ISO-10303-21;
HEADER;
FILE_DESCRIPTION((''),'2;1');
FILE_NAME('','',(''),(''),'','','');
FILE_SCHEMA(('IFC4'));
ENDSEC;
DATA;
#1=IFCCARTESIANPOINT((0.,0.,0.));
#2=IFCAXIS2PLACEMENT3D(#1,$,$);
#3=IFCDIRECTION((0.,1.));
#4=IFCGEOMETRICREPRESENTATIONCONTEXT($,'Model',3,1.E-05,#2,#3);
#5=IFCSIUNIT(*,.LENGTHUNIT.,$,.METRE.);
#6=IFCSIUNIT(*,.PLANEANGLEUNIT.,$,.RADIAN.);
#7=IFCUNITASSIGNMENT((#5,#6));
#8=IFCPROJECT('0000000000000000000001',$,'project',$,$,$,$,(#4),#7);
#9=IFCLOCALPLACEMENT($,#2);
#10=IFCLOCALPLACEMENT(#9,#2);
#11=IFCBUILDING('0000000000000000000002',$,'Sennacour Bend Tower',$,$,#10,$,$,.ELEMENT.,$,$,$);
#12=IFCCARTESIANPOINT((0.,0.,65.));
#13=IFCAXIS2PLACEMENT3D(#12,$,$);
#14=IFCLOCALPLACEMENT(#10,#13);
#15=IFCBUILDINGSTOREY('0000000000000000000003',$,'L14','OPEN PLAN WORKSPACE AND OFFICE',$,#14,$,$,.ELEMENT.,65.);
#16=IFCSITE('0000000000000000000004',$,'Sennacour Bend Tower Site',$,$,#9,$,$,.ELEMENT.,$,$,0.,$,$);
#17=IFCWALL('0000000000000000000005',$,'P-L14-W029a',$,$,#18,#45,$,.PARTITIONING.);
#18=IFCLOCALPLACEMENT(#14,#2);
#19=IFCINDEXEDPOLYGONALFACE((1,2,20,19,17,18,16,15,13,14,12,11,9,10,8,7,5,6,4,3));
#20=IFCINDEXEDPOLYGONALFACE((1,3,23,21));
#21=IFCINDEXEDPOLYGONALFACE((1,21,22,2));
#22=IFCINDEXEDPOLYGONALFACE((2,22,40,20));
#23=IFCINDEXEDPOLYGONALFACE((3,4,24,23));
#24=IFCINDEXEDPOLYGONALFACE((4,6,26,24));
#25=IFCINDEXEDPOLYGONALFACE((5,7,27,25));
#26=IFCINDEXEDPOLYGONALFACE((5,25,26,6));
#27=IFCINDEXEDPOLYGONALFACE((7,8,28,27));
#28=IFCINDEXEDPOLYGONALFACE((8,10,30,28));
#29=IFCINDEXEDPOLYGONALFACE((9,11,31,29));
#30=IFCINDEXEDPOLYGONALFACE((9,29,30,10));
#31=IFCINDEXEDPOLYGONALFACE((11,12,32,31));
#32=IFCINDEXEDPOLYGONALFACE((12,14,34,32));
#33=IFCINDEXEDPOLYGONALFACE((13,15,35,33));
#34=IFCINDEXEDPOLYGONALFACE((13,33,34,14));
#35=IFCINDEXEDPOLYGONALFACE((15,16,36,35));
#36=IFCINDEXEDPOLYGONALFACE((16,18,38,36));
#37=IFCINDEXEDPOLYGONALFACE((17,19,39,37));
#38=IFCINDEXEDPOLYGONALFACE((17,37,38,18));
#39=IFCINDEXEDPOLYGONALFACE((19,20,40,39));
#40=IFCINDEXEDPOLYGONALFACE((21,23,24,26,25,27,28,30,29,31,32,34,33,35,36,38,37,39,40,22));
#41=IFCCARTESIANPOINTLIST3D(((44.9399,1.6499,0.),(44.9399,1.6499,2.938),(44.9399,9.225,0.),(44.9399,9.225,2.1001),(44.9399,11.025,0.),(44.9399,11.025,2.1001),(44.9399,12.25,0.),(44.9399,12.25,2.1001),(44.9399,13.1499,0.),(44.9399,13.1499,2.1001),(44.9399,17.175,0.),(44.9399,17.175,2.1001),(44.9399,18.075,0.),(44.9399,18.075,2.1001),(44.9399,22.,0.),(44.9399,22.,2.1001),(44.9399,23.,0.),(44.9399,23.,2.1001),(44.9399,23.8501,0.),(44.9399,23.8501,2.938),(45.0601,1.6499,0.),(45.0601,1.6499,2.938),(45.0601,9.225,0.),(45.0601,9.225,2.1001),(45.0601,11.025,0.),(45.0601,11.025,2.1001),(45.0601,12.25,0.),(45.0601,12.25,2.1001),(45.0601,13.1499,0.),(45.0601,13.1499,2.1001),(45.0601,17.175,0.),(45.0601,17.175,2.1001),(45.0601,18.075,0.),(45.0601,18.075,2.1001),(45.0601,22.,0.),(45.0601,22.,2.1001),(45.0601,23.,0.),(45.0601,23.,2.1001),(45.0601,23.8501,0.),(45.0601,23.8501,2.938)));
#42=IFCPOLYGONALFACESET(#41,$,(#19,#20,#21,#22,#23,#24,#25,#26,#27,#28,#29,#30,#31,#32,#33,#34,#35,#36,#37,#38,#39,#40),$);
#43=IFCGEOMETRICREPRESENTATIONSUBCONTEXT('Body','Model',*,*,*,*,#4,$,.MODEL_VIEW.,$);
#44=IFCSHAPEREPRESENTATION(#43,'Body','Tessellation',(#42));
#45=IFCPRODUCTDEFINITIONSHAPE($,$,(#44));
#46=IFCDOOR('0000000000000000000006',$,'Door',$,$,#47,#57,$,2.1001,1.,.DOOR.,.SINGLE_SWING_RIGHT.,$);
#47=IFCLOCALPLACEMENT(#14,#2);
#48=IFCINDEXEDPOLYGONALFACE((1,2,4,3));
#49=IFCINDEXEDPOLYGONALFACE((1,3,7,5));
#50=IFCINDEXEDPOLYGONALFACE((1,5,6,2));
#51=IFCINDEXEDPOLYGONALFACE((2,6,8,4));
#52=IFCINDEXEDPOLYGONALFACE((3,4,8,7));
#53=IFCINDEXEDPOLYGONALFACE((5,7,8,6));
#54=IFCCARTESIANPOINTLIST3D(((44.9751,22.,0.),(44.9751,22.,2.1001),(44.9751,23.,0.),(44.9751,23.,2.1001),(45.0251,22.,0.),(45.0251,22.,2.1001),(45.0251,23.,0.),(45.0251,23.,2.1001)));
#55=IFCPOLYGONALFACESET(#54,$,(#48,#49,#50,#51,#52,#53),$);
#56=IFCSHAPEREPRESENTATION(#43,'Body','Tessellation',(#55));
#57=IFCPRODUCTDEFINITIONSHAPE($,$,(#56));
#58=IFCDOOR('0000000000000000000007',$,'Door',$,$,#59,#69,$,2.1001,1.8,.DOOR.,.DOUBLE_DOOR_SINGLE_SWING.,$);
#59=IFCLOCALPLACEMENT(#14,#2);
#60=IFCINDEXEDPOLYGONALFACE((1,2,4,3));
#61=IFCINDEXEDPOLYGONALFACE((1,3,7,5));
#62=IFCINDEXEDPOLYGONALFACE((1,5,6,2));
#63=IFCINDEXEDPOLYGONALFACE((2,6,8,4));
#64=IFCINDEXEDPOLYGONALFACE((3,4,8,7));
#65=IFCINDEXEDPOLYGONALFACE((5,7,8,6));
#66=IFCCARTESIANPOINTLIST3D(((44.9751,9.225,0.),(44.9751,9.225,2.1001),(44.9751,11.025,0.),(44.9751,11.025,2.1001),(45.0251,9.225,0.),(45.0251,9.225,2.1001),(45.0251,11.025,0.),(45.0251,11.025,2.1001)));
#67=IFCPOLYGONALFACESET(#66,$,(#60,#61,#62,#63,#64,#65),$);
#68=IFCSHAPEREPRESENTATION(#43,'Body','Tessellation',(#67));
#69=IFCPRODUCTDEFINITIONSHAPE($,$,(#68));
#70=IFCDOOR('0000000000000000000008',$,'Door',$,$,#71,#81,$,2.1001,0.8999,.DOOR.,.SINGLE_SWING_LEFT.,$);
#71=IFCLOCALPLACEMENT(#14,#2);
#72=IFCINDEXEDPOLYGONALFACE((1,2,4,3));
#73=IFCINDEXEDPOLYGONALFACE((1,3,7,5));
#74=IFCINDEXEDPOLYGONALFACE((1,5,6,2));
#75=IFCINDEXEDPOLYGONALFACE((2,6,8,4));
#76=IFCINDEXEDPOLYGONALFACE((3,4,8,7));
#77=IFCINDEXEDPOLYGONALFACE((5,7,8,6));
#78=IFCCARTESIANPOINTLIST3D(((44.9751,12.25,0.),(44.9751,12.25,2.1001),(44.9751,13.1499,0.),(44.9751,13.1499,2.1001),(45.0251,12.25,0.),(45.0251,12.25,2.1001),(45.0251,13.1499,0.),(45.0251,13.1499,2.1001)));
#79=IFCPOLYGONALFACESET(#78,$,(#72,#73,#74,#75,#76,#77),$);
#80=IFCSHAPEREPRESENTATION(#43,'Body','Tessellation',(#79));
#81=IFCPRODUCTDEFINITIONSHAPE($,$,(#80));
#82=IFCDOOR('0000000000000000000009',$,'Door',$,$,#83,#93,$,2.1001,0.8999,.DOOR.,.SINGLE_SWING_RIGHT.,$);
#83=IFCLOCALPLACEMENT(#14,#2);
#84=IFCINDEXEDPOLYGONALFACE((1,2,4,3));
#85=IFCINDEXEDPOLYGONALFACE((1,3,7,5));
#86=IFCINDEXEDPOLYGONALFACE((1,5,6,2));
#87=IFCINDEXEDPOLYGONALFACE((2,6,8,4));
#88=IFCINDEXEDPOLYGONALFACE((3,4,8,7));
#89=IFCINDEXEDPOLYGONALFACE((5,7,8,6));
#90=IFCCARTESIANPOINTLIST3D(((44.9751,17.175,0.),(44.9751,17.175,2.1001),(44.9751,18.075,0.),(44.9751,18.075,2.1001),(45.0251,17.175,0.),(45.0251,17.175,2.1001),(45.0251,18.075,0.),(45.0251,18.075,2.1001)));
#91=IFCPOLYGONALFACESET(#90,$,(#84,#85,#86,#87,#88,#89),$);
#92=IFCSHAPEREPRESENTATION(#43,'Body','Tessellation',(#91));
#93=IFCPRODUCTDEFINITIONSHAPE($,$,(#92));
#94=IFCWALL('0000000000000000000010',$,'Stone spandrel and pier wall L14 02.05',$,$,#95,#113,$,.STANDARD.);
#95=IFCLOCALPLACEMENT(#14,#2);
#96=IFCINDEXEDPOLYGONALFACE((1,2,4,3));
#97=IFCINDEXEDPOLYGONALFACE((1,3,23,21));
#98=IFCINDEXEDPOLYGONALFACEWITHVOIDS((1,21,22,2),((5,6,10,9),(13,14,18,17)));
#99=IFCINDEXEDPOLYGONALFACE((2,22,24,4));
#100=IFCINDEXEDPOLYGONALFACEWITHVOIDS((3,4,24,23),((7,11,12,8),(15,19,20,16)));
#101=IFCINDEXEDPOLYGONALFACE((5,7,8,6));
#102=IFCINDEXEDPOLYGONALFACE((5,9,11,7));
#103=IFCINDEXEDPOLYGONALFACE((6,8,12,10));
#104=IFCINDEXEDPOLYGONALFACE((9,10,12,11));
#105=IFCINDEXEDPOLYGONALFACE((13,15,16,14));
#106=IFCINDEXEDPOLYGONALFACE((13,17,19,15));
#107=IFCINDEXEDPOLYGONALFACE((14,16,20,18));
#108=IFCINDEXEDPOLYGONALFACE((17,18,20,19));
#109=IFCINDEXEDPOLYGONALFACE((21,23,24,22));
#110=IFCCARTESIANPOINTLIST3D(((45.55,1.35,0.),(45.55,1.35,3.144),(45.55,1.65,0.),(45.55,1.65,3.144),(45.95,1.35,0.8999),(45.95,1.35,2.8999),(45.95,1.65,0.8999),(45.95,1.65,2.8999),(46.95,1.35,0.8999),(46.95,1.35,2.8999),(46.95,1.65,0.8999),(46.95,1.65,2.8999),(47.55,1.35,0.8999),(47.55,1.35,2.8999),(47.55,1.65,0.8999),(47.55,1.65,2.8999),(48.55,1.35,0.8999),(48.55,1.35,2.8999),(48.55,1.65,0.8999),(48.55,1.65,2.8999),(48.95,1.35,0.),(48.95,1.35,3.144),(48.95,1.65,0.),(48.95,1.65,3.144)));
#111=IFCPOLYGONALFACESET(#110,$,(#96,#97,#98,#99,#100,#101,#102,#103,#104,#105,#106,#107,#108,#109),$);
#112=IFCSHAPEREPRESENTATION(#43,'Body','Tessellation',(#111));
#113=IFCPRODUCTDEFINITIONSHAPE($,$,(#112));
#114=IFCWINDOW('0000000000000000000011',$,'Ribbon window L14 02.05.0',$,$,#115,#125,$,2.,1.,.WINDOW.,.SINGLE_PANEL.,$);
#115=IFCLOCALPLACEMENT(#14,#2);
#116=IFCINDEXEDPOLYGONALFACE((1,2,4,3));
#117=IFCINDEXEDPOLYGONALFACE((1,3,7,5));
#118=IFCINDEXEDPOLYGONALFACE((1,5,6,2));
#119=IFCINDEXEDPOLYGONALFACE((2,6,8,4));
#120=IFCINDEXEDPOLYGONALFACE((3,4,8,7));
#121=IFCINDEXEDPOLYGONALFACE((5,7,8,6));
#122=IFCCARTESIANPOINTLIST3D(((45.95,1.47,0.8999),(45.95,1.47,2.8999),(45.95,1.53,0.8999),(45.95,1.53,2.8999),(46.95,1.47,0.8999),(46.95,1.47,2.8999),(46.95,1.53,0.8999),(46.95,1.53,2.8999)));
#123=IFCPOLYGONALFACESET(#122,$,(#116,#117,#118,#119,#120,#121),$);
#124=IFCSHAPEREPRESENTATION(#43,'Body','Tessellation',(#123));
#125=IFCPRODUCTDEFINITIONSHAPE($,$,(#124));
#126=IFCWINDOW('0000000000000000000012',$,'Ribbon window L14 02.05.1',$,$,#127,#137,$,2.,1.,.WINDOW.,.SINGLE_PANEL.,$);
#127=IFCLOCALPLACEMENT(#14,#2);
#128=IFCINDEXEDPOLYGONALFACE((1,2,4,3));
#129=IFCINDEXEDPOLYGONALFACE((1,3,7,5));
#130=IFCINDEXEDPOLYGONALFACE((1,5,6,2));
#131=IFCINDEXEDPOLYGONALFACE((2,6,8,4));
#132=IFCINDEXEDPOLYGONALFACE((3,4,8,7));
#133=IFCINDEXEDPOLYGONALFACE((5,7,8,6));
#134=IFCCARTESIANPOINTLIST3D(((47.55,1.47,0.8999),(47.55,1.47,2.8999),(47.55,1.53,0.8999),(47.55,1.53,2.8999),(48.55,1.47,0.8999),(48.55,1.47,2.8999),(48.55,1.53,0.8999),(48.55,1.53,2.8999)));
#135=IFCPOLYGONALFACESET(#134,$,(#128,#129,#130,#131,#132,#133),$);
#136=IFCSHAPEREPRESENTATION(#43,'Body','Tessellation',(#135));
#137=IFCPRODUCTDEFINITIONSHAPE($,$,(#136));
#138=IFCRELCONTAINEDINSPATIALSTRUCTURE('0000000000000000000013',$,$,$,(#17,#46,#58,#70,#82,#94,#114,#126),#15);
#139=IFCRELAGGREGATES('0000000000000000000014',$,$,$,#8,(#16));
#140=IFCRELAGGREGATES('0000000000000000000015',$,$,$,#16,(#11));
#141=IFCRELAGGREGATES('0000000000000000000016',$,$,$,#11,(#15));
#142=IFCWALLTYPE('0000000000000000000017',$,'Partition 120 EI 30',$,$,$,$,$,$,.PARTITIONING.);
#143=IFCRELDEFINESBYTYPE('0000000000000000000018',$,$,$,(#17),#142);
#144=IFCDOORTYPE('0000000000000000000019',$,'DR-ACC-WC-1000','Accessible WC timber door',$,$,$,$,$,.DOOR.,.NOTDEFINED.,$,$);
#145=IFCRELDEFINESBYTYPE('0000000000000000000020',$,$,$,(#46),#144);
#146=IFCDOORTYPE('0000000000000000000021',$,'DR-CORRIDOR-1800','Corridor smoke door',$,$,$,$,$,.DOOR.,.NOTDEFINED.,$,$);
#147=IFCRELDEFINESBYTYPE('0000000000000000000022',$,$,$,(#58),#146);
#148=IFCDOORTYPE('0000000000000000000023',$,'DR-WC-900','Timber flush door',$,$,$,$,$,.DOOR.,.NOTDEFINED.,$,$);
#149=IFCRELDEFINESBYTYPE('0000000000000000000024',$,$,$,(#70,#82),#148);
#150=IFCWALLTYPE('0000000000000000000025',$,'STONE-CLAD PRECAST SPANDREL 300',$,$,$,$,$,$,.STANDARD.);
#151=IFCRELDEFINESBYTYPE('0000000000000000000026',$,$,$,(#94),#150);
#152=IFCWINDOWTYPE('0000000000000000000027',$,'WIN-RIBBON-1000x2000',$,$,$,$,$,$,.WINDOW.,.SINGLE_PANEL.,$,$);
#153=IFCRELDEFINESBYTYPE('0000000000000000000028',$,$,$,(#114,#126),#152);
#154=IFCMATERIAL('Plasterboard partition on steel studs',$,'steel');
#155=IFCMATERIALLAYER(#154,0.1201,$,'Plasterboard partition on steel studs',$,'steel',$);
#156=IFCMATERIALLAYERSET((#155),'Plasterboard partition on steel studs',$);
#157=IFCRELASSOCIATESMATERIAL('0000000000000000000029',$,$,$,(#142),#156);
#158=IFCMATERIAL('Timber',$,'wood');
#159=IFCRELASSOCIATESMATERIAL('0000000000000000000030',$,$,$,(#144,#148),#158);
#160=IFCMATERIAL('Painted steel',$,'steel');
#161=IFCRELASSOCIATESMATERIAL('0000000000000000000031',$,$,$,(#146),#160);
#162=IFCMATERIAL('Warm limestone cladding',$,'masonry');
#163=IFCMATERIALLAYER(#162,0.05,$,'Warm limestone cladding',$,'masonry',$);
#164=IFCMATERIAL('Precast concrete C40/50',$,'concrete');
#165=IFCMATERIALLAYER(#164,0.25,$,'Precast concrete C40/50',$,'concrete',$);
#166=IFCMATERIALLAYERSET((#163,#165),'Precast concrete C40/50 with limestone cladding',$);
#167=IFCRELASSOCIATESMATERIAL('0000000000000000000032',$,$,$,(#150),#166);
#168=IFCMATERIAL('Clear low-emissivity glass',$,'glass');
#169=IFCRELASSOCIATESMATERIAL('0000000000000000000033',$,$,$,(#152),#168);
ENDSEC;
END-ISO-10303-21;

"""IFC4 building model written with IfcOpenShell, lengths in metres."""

from ifc_helpers import new_model, si_unit, direction, frame, frame_2d, origin, place, context, subcontext, project, spatial, rectangle, extrude, material, layer, layer_set, type_object, element, fill, save


model = new_model("IFC4")

# Units and contexts
model_context = context("Model", 3, precision=1e-05, world=origin(), true_north=direction((0.0, 1.0)))
body_context = subcontext(model_context, "Body", "Model", "MODEL_VIEW")
ifc_project = project(units=[si_unit("LENGTHUNIT", "METRE"), si_unit("PLANEANGLEUNIT", "RADIAN")], contexts=[model_context])

# Site, building, storey
site_placement = place(None, origin())
site = spatial("IfcSite", under=ifc_project, at=site_placement, Name="Sennacour Bend Tower Site", CompositionType="ELEMENT", RefElevation=0.0)
building_placement = place(site_placement, origin())
building = spatial("IfcBuilding", under=site, at=building_placement, Name="Sennacour Bend Tower", CompositionType="ELEMENT")
storey_placement = place(building_placement, frame((0.0, 0.0, 65.0)))
storey = spatial("IfcBuildingStorey", under=building, at=storey_placement, Name="L14", Description="OPEN PLAN WORKSPACE AND OFFICE", CompositionType="ELEMENT", Elevation=65.0)

# Wall, openings, doors
ifc_material_1 = material(Name="Plasterboard partition on steel studs", Category="steel")
ifc_layer_1 = layer(ifc_material_1, 0.1201, Name="Plasterboard partition on steel studs", Category="steel")
ifc_layer_set_1 = layer_set([ifc_layer_1], Name="Plasterboard partition on steel studs")
wall_type_1 = type_object("IfcWallType", Name="Partition 120 EI 30", PredefinedType="PARTITIONING", material=ifc_layer_set_1)
wall_1_placement = place(storey_placement, frame((45.0, 1.6499, 0.0), z_axis=(0.0, 0.0, 1.0), x_axis=(0.0, 1.0, 0.0)))
wall_1 = element("IfcWall", 1, at=wall_1_placement, inside=storey, type_object=wall_type_1, Name="P-L14-W029a", PredefinedType="PARTITIONING", context=body_context, shape_type="SweptSolid", body=[
    extrude(rectangle(XDim=22.2002, YDim=0.1201, at=frame_2d((11.1001, 0.0))), origin(), (0.0, 0.0, 1.0), 2.938),
])
opening_1_placement = place(wall_1_placement, frame((7.5752, 0.0, 0.0)))
opening_1 = element("IfcOpeningElement", 2, at=opening_1_placement, cuts=wall_1, PredefinedType="OPENING", context=body_context, shape_type="SweptSolid", body=[
    extrude(rectangle(XDim=1.8, YDim=2.1001, at=frame_2d((0.8999, 1.05))), frame((0.0, 0.0701, 0.0), z_axis=(0.0, -1.0, 0.0), x_axis=(1.0, 0.0, 0.0)), (0.0, 0.0, 1.0), 0.1401),
])
opening_2_placement = place(wall_1_placement, frame((10.6001, 0.0, 0.0)))
opening_2 = element("IfcOpeningElement", 3, at=opening_2_placement, cuts=wall_1, PredefinedType="OPENING", context=body_context, shape_type="SweptSolid", body=[
    extrude(rectangle(XDim=0.8999, YDim=2.1001, at=frame_2d((0.45, 1.05))), frame((0.0, 0.0701, 0.0), z_axis=(0.0, -1.0, 0.0), x_axis=(1.0, 0.0, 0.0)), (0.0, 0.0, 1.0), 0.1401),
])
opening_3_placement = place(wall_1_placement, frame((15.5251, 0.0, 0.0)))
opening_3 = element("IfcOpeningElement", 4, at=opening_3_placement, cuts=wall_1, PredefinedType="OPENING", context=body_context, shape_type="SweptSolid", body=[
    extrude(rectangle(XDim=0.8999, YDim=2.1001, at=frame_2d((0.45, 1.05))), frame((0.0, 0.0701, 0.0), z_axis=(0.0, -1.0, 0.0), x_axis=(1.0, 0.0, 0.0)), (0.0, 0.0, 1.0), 0.1401),
])
opening_4_placement = place(wall_1_placement, frame((20.3501, 0.0, 0.0)))
opening_4 = element("IfcOpeningElement", 5, at=opening_4_placement, cuts=wall_1, PredefinedType="OPENING", context=body_context, shape_type="SweptSolid", body=[
    extrude(rectangle(XDim=1.0, YDim=2.1001, at=frame_2d((0.5, 1.05))), frame((0.0, 0.0701, 0.0), z_axis=(0.0, -1.0, 0.0), x_axis=(1.0, 0.0, 0.0)), (0.0, 0.0, 1.0), 0.1401),
])
ifc_material_2 = material(Name="Timber", Category="wood")
door_type_1 = type_object("IfcDoorType", Name="DR-ACC-WC-1000", Description="Accessible WC timber door", OperationType="NOTDEFINED", PredefinedType="DOOR", material=ifc_material_2)
door_1_placement = place(opening_4_placement, origin())
door_1 = element("IfcDoor", 6, at=door_1_placement, inside=storey, type_object=door_type_1, Name="Door", OperationType="SINGLE_SWING_RIGHT", OverallHeight=2.1001, OverallWidth=1.0, PredefinedType="DOOR", context=body_context, shape_type="SweptSolid", body=[
    extrude(rectangle(XDim=1.0, YDim=2.1001, at=frame_2d((0.5, 1.05))), frame((0.0, 0.0249, 0.0), z_axis=(0.0, -1.0, 0.0), x_axis=(1.0, 0.0, 0.0)), (0.0, 0.0, 1.0), 0.05),
])
fill(opening_4, door_1)
ifc_material_3 = material(Name="Painted steel", Category="steel")
door_type_2 = type_object("IfcDoorType", Name="DR-CORRIDOR-1800", Description="Corridor smoke door", OperationType="NOTDEFINED", PredefinedType="DOOR", material=ifc_material_3)
door_2_placement = place(opening_1_placement, origin())
door_2 = element("IfcDoor", 7, at=door_2_placement, inside=storey, type_object=door_type_2, Name="Door", OperationType="DOUBLE_DOOR_SINGLE_SWING", OverallHeight=2.1001, OverallWidth=1.8, PredefinedType="DOOR", context=body_context, shape_type="SweptSolid", body=[
    extrude(rectangle(XDim=1.8, YDim=2.1001, at=frame_2d((0.8999, 1.05))), frame((0.0, 0.0249, 0.0), z_axis=(0.0, -1.0, 0.0), x_axis=(1.0, 0.0, 0.0)), (0.0, 0.0, 1.0), 0.05),
])
fill(opening_1, door_2)
door_type_3 = type_object("IfcDoorType", Name="DR-WC-900", Description="Timber flush door", OperationType="NOTDEFINED", PredefinedType="DOOR", material=ifc_material_2)
door_3_placement = place(opening_2_placement, origin())
door_3 = element("IfcDoor", 8, at=door_3_placement, inside=storey, type_object=door_type_3, Name="Door", OperationType="SINGLE_SWING_LEFT", OverallHeight=2.1001, OverallWidth=0.8999, PredefinedType="DOOR", context=body_context, shape_type="SweptSolid", body=[
    extrude(rectangle(XDim=0.8999, YDim=2.1001, at=frame_2d((0.45, 1.05))), frame((0.0, 0.0249, 0.0), z_axis=(0.0, -1.0, 0.0), x_axis=(1.0, 0.0, 0.0)), (0.0, 0.0, 1.0), 0.05),
])
fill(opening_2, door_3)
door_4_placement = place(opening_3_placement, origin())
door_4 = element("IfcDoor", 9, at=door_4_placement, inside=storey, type_object=door_type_3, Name="Door", OperationType="SINGLE_SWING_RIGHT", OverallHeight=2.1001, OverallWidth=0.8999, PredefinedType="DOOR", context=body_context, shape_type="SweptSolid", body=[
    extrude(rectangle(XDim=0.8999, YDim=2.1001, at=frame_2d((0.45, 1.05))), frame((0.0, 0.0249, 0.0), z_axis=(0.0, -1.0, 0.0), x_axis=(1.0, 0.0, 0.0)), (0.0, 0.0, 1.0), 0.05),
])
fill(opening_3, door_4)

# Wall, openings, windows
ifc_material_4 = material(Name="Warm limestone cladding", Category="masonry")
ifc_layer_2 = layer(ifc_material_4, 0.05, Name="Warm limestone cladding", Category="masonry")
ifc_material_5 = material(Name="Precast concrete C40/50", Category="concrete")
ifc_layer_3 = layer(ifc_material_5, 0.25, Name="Precast concrete C40/50", Category="concrete")
ifc_layer_set_2 = layer_set([ifc_layer_2, ifc_layer_3], Name="Precast concrete C40/50 with limestone cladding")
wall_type_2 = type_object("IfcWallType", Name="STONE-CLAD PRECAST SPANDREL 300", PredefinedType="STANDARD", material=ifc_layer_set_2)
wall_2_placement = place(storey_placement, frame((45.55, 1.5, 0.0), z_axis=(0.0, 0.0, 1.0), x_axis=(1.0, 0.0, 0.0)))
wall_2 = element("IfcWall", 10, at=wall_2_placement, inside=storey, type_object=wall_type_2, Name="Stone spandrel and pier wall L14 02.05", PredefinedType="STANDARD", context=body_context, shape_type="SweptSolid", body=[
    extrude(rectangle(XDim=3.3999, YDim=0.3, at=frame_2d((1.7, 0.0))), origin(), (0.0, 0.0, 1.0), 3.144),
])
opening_5_placement = place(wall_2_placement, frame((0.3999, 0.0, 0.8999)))
opening_5 = element("IfcOpeningElement", 11, at=opening_5_placement, cuts=wall_2, PredefinedType="OPENING", context=body_context, shape_type="SweptSolid", body=[
    extrude(rectangle(XDim=1.0, YDim=2.0, at=frame_2d((0.5, 1.0))), frame((0.0, 0.1602, 0.0), z_axis=(0.0, -1.0, 0.0), x_axis=(1.0, 0.0, 0.0)), (0.0, 0.0, 1.0), 0.3201),
])
opening_6_placement = place(wall_2_placement, frame((2.0, 0.0, 0.8999)))
opening_6 = element("IfcOpeningElement", 12, at=opening_6_placement, cuts=wall_2, PredefinedType="OPENING", context=body_context, shape_type="SweptSolid", body=[
    extrude(rectangle(XDim=1.0, YDim=2.0, at=frame_2d((0.5, 1.0))), frame((0.0, 0.1602, 0.0), z_axis=(0.0, -1.0, 0.0), x_axis=(1.0, 0.0, 0.0)), (0.0, 0.0, 1.0), 0.3201),
])
ifc_material_6 = material(Name="Clear low-emissivity glass", Category="glass")
window_type = type_object("IfcWindowType", Name="WIN-RIBBON-1000x2000", PartitioningType="SINGLE_PANEL", PredefinedType="WINDOW", material=ifc_material_6)
window_1_placement = place(opening_5_placement, origin())
window_1 = element("IfcWindow", 13, at=window_1_placement, inside=storey, type_object=window_type, Name="Ribbon window L14 02.05.0", OverallHeight=2.0, OverallWidth=1.0, PartitioningType="SINGLE_PANEL", PredefinedType="WINDOW", context=body_context, shape_type="SweptSolid", body=[
    extrude(rectangle(XDim=1.0, YDim=2.0, at=frame_2d((0.5, 1.0))), frame((0.0, 0.03, 0.0), z_axis=(0.0, -1.0, 0.0), x_axis=(1.0, 0.0, 0.0)), (0.0, 0.0, 1.0), 0.0601),
])
fill(opening_5, window_1)
window_2_placement = place(opening_6_placement, origin())
window_2 = element("IfcWindow", 14, at=window_2_placement, inside=storey, type_object=window_type, Name="Ribbon window L14 02.05.1", OverallHeight=2.0, OverallWidth=1.0, PartitioningType="SINGLE_PANEL", PredefinedType="WINDOW", context=body_context, shape_type="SweptSolid", body=[
    extrude(rectangle(XDim=1.0, YDim=2.0, at=frame_2d((0.5, 1.0))), frame((0.0, 0.03, 0.0), z_axis=(0.0, -1.0, 0.0), x_axis=(1.0, 0.0, 0.0)), (0.0, 0.0, 1.0), 0.0601),
])
fill(opening_6, window_2)

save(model, "model.ifc")
